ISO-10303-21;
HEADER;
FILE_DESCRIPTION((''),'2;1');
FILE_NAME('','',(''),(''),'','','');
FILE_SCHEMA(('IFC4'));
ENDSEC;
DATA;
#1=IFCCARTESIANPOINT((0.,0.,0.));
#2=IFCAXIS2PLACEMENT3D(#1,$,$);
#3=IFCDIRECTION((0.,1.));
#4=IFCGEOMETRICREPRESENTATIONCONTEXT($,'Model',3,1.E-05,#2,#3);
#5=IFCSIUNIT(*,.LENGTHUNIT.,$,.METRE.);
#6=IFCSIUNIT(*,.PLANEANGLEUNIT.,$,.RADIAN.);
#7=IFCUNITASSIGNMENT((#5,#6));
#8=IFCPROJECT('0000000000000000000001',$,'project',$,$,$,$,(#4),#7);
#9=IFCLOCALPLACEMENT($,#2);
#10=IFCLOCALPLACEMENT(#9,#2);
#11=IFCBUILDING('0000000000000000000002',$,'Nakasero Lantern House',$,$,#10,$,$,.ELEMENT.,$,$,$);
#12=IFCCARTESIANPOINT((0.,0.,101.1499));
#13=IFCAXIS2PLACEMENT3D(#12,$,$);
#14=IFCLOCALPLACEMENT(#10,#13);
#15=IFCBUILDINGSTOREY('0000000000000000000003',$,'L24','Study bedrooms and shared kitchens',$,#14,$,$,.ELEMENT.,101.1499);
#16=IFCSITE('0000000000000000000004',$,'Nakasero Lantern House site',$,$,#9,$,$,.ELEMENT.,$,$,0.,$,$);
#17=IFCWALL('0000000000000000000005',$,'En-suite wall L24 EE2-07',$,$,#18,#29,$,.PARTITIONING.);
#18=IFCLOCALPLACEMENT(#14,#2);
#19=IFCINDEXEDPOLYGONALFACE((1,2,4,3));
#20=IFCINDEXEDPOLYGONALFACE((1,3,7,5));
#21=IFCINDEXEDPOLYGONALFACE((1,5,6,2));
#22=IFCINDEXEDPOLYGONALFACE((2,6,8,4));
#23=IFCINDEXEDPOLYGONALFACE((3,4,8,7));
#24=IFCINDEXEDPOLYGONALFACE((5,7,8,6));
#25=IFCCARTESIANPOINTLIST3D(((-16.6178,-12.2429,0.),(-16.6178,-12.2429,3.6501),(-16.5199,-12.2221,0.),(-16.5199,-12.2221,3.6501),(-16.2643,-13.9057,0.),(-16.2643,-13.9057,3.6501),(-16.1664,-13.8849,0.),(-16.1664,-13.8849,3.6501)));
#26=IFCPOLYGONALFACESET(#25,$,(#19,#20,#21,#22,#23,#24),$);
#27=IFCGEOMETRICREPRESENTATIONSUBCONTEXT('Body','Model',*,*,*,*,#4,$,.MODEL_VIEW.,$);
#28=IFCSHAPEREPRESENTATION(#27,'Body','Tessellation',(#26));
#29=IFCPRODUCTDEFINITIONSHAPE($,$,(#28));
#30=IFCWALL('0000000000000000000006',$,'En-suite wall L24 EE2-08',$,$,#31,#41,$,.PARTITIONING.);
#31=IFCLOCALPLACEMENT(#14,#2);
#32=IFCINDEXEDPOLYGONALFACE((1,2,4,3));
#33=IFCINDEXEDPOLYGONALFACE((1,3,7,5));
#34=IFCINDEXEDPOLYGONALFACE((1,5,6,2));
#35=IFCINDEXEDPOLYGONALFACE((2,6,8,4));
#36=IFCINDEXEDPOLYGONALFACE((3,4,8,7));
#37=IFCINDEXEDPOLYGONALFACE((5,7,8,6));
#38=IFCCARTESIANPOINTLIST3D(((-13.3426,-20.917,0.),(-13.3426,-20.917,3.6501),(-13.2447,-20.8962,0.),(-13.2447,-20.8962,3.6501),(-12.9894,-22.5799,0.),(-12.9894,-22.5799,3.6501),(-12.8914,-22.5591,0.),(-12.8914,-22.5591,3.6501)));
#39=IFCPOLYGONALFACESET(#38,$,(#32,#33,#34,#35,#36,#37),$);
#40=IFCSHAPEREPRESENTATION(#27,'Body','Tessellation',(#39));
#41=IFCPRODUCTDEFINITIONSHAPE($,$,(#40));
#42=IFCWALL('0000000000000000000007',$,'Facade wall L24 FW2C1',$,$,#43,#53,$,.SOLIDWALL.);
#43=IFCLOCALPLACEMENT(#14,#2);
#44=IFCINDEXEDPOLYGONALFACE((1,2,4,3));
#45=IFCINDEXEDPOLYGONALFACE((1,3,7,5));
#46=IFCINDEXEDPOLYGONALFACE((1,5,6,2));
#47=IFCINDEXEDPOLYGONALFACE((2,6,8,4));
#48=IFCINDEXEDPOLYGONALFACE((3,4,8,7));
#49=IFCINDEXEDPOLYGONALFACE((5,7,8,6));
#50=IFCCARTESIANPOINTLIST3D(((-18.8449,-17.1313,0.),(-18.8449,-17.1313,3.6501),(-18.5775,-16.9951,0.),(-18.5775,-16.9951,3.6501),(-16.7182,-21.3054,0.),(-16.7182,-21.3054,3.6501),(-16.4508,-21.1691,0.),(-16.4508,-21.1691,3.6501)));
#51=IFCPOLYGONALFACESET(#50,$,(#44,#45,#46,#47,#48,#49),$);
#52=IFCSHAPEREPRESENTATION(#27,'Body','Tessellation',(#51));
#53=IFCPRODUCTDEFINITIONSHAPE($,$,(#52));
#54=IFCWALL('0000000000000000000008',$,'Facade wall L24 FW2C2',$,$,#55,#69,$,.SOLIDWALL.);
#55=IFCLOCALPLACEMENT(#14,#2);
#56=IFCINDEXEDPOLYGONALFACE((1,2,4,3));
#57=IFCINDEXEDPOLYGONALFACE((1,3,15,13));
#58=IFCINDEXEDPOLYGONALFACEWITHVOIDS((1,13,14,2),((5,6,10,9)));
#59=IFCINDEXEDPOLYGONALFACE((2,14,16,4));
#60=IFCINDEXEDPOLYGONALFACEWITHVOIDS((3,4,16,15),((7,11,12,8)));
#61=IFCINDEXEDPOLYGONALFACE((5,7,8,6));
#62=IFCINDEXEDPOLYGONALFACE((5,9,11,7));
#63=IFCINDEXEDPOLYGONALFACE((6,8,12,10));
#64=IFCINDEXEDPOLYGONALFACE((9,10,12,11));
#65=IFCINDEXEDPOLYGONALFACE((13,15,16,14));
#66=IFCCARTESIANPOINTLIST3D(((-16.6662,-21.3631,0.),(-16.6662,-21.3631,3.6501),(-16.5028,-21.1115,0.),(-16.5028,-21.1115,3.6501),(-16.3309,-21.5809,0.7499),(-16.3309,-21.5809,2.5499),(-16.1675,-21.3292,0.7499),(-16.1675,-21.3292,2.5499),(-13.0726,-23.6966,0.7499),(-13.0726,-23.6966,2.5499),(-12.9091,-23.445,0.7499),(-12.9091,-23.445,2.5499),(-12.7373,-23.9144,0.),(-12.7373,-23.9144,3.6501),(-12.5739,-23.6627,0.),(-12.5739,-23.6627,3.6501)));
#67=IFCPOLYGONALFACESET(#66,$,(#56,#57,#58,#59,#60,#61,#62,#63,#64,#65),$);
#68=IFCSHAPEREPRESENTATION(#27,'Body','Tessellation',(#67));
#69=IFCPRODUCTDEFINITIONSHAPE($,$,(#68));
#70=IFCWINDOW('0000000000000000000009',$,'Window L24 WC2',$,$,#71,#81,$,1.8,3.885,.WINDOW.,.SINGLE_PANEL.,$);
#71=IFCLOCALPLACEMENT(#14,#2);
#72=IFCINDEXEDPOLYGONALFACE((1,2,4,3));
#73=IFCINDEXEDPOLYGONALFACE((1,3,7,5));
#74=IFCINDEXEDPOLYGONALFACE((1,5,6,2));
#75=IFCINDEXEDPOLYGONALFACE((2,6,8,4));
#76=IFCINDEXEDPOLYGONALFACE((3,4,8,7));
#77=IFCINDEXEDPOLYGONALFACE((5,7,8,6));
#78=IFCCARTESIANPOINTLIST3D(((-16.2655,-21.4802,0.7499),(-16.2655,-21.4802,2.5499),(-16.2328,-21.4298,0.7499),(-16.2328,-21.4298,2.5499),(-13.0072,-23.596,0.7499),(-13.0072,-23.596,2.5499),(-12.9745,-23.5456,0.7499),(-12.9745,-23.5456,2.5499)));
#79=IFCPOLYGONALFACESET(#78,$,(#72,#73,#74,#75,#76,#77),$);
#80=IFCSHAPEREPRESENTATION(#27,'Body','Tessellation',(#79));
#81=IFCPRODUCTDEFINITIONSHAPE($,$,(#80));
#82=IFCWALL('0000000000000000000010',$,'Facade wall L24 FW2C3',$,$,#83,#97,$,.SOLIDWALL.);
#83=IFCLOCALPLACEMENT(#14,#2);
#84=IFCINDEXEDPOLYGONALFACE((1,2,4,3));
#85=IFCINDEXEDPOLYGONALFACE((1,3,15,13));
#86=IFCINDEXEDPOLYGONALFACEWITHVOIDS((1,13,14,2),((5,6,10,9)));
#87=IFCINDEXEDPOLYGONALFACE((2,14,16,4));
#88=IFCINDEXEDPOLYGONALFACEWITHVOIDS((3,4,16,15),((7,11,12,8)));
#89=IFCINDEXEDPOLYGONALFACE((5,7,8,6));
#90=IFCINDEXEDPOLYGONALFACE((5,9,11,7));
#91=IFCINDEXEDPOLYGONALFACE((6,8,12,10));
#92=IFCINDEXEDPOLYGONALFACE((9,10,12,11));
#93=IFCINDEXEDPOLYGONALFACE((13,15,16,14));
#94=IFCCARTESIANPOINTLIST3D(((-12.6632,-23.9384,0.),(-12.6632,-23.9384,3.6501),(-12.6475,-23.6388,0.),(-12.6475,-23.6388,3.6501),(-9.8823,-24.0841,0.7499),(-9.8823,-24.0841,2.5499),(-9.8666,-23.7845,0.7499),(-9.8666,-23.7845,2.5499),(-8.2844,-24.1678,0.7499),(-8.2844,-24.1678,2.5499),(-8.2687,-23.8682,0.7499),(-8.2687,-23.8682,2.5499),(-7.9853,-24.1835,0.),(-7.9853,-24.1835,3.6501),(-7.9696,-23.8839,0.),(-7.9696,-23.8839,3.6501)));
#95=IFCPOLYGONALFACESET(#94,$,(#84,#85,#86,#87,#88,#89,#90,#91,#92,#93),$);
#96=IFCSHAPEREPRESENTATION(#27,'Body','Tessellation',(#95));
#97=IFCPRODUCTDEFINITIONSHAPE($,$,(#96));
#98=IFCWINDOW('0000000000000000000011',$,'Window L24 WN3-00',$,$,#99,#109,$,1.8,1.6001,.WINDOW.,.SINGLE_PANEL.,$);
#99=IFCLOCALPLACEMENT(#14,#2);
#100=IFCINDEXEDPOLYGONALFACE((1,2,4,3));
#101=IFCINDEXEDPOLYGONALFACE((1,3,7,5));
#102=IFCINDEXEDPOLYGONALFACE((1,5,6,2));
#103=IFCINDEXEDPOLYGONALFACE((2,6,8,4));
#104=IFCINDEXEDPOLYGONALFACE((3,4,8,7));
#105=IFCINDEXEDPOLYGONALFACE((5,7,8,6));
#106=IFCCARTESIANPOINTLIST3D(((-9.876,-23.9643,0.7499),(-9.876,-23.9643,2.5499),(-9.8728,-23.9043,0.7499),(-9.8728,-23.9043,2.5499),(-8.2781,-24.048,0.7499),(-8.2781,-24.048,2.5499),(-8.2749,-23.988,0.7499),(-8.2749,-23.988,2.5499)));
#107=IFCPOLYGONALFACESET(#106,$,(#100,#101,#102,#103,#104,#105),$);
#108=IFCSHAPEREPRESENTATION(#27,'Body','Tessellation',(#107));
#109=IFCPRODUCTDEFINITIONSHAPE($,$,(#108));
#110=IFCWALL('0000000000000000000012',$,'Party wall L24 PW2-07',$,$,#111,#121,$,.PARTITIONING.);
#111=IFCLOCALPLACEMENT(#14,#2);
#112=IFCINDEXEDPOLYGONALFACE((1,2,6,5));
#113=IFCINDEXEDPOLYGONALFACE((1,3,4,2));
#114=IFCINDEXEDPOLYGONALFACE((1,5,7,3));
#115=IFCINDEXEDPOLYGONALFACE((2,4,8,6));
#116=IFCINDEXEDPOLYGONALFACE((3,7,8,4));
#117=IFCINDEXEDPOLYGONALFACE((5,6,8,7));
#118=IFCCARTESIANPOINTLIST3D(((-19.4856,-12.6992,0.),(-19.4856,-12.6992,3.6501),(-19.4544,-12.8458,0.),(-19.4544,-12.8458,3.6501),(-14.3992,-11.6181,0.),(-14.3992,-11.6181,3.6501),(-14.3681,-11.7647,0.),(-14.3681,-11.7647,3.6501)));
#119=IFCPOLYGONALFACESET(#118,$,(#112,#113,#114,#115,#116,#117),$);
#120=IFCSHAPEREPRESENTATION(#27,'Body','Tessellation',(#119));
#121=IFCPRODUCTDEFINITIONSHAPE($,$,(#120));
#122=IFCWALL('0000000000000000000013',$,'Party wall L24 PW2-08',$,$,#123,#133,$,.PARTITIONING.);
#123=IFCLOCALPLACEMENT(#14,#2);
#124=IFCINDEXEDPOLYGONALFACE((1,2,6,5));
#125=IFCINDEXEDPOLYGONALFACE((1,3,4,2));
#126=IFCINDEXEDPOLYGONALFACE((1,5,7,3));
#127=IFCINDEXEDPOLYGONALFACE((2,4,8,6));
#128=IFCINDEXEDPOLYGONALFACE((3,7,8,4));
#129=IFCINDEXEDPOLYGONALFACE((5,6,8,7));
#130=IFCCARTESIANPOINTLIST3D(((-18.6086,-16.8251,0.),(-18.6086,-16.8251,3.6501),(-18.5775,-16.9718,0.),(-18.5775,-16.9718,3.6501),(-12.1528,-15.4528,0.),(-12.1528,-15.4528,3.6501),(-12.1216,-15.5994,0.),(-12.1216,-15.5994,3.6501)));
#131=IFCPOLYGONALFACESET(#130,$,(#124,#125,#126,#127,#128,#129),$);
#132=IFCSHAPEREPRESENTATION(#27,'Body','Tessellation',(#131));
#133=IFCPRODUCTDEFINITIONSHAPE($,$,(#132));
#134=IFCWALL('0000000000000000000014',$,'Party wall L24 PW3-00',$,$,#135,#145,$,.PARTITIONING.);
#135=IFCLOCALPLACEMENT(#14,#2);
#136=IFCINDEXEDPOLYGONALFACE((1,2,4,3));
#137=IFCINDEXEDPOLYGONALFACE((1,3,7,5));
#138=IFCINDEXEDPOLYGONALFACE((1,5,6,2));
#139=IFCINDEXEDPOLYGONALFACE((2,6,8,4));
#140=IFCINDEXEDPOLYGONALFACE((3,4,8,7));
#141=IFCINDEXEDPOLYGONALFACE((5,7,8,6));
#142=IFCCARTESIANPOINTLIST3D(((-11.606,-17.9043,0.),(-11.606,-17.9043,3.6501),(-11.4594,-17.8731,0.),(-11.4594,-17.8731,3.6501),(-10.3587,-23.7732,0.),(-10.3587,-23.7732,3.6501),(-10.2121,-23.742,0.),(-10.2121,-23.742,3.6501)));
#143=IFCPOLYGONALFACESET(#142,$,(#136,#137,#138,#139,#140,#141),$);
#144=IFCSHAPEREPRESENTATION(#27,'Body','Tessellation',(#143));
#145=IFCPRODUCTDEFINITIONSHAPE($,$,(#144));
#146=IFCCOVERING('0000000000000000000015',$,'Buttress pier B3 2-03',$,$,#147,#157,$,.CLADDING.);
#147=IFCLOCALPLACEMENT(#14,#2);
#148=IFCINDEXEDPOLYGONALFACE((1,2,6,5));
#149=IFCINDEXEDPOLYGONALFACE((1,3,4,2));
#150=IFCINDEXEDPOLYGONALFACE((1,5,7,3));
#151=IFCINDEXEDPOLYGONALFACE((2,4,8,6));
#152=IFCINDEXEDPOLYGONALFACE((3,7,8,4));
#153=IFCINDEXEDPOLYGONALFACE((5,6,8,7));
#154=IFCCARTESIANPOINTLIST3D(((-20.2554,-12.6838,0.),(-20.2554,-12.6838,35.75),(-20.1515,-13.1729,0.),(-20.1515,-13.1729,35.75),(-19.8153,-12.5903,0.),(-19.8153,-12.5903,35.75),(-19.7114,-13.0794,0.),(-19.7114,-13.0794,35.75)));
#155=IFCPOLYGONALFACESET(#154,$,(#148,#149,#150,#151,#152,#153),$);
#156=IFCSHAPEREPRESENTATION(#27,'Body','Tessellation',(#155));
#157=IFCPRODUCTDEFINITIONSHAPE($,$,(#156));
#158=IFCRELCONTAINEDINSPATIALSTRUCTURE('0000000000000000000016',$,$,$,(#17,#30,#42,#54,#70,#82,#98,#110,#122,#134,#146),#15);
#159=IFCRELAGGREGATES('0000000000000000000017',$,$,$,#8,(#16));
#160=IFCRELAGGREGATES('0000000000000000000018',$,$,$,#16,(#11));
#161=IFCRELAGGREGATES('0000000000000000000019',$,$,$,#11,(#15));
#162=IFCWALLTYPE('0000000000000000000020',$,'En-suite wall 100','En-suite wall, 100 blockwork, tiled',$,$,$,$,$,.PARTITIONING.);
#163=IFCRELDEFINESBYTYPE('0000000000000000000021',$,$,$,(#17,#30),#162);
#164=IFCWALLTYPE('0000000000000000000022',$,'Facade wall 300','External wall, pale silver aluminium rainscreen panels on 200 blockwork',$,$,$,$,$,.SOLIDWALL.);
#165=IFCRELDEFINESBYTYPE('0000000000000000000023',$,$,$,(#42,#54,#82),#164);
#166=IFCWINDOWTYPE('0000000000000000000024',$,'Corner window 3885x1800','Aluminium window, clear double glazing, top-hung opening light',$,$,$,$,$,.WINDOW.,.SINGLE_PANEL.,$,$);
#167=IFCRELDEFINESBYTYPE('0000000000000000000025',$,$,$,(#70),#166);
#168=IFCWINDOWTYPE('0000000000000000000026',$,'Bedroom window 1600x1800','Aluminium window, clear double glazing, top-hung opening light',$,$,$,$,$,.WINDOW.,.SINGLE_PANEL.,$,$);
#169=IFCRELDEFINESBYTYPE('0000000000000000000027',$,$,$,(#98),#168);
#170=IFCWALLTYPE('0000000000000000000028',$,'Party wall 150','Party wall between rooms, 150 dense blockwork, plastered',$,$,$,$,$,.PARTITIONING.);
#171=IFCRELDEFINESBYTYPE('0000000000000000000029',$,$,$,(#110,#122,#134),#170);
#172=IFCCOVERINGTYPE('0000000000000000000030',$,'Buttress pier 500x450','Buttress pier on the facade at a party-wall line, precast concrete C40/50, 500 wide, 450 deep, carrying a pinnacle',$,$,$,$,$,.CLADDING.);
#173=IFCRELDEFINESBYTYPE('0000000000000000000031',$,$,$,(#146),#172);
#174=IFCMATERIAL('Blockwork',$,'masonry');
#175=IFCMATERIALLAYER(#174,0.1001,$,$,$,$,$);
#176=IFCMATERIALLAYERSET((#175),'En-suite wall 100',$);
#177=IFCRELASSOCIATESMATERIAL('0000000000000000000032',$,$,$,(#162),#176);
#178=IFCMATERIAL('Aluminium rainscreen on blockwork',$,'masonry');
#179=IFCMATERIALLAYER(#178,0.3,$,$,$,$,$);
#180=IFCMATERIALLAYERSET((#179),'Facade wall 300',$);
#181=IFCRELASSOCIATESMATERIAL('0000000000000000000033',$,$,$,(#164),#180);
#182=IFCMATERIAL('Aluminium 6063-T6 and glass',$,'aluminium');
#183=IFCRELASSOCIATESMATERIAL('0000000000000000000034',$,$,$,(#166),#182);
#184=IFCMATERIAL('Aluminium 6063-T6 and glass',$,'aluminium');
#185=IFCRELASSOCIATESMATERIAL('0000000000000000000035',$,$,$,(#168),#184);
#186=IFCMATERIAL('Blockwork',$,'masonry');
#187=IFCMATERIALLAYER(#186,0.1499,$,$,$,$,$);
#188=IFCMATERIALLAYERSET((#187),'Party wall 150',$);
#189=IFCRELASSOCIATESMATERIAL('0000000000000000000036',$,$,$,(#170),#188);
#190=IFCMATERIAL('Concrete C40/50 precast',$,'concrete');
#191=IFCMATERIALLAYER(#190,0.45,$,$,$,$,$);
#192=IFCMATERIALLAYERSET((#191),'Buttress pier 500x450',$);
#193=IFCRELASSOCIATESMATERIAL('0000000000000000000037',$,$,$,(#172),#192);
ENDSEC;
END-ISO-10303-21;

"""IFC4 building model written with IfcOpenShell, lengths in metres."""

from ifc_helpers import new_model, si_unit, direction, frame, frame_2d, origin, origin_2d, place, context, subcontext, project, spatial, rectangle, extrude, material, layer, layer_set, type_object, element, fill, save


model = new_model("IFC4")

# Units and contexts
model_context = context("Model", 3, precision=1e-05, world=origin(), true_north=direction((0.0, 1.0)))
body_context = subcontext(model_context, "Body", "Model", "MODEL_VIEW")
ifc_project = project(units=[si_unit("LENGTHUNIT", "METRE"), si_unit("PLANEANGLEUNIT", "RADIAN")], contexts=[model_context])

# Site, building, storey
site_placement = place(None, origin())
site = spatial("IfcSite", under=ifc_project, at=site_placement, Name="Nakasero Lantern House site", CompositionType="ELEMENT", RefElevation=0.0)
building_placement = place(site_placement, origin())
building = spatial("IfcBuilding", under=site, at=building_placement, Name="Nakasero Lantern House", CompositionType="ELEMENT")
storey_placement = place(building_placement, frame((0.0, 0.0, 101.1499)))
storey = spatial("IfcBuildingStorey", under=building, at=storey_placement, Name="L24", Description="Study bedrooms and shared kitchens", CompositionType="ELEMENT", Elevation=101.1499)

# Shared definitions
ifc_material_1 = material(Name="Blockwork", Category="masonry")
ifc_layer_1 = layer(ifc_material_1, 0.1001)
ifc_layer_set_1 = layer_set([ifc_layer_1], Name="En-suite wall 100")
wall_type_1 = type_object("IfcWallType", Name="En-suite wall 100", Description="En-suite wall, 100 blockwork, tiled", PredefinedType="PARTITIONING", material=ifc_layer_set_1)

# Walls
for number, where, z_axis, x_axis, name in (
    (1, (-16.5688, -12.2324, 0.0), (0.0, 0.0, 1.0), (0.20795, -0.97814, 0.0), "En-suite wall L24 EE2-07"),
    (2, (-13.2937, -20.9065, 0.0), (0.0, 0.0, 1.0), (0.207812, -0.978169, 0.0), "En-suite wall L24 EE2-08"),
):
    element("IfcWall", number, at=place(storey_placement, frame(where, z_axis=z_axis, x_axis=x_axis)), inside=storey, type_object=wall_type_1, Name=name, PredefinedType="PARTITIONING", context=body_context, shape_type="SweptSolid", body=[
        extrude(rectangle(XDim=1.7, YDim=0.1001, at=frame_2d((0.8501, 0.0))), origin(), (0.0, 0.0, 1.0), 3.6501),
    ])
ifc_material_2 = material(Name="Aluminium rainscreen on blockwork", Category="masonry")
ifc_layer_2 = layer(ifc_material_2, 0.3)
ifc_layer_set_2 = layer_set([ifc_layer_2], Name="Facade wall 300")
wall_type_2 = type_object("IfcWallType", Name="Facade wall 300", Description="External wall, pale silver aluminium rainscreen panels on 200 blockwork", PredefinedType="SOLIDWALL", material=ifc_layer_set_2)
wall_1_placement = place(storey_placement, frame((-18.7112, -17.0632, 0.0), z_axis=(0.0, 0.0, 1.0), x_axis=(0.453976, -0.891014, 0.0)))
element("IfcWall", 3, at=wall_1_placement, inside=storey, type_object=wall_type_2, Name="Facade wall L24 FW2C1", PredefinedType="SOLIDWALL", context=body_context, shape_type="SweptSolid", body=[
    extrude(rectangle(XDim=4.6846, YDim=0.3, at=frame_2d((2.3423, 0.0))), origin(), (0.0, 0.0, 1.0), 3.6501),
])

# Walls, openings, windows
wall_2_placement = place(storey_placement, frame((-16.5845, -21.2373, 0.0), z_axis=(0.0, 0.0, 1.0), x_axis=(0.838692, -0.544605, 0.0)))
wall_2 = element("IfcWall", 4, at=wall_2_placement, inside=storey, type_object=wall_type_2, Name="Facade wall L24 FW2C2", PredefinedType="SOLIDWALL", context=body_context, shape_type="SweptSolid", body=[
    extrude(rectangle(XDim=4.6846, YDim=0.3, at=frame_2d((2.3423, 0.0))), origin(), (0.0, 0.0, 1.0), 3.6501),
])
opening_1_placement = place(wall_2_placement, frame((0.3999, 0.0, 0.75)))
opening_1 = element("IfcOpeningElement", 5, at=opening_1_placement, cuts=wall_2, PredefinedType="OPENING", context=body_context, shape_type="SweptSolid", body=[
    extrude(rectangle(XDim=3.885, YDim=1.8, at=frame_2d((1.9424, 0.8999))), frame((0.0, 0.1699, 0.0), z_axis=(0.0, -1.0, 0.0), x_axis=(1.0, 0.0, 0.0)), (0.0, 0.0, 1.0), 0.3401),
])
ifc_material_3 = material(Name="Aluminium 6063-T6 and glass", Category="aluminium")
window_type_1 = type_object("IfcWindowType", Name="Corner window 3885x1800", Description="Aluminium window, clear double glazing, top-hung opening light", PartitioningType="SINGLE_PANEL", PredefinedType="WINDOW", material=ifc_material_3)
window_1_placement = place(opening_1_placement, origin())
window_1 = element("IfcWindow", 6, at=window_1_placement, inside=storey, type_object=window_type_1, Name="Window L24 WC2", OverallHeight=1.8, OverallWidth=3.885, PartitioningType="SINGLE_PANEL", PredefinedType="WINDOW", context=body_context, shape_type="SweptSolid", body=[
    extrude(rectangle(XDim=3.885, YDim=1.8, at=frame_2d((1.9424, 0.8999))), frame((0.0, 0.03, 0.0), z_axis=(0.0, -1.0, 0.0), x_axis=(1.0, 0.0, 0.0)), (0.0, 0.0, 1.0), 0.0601),
])
fill(opening_1, window_1)
wall_3_placement = place(storey_placement, frame((-12.6555, -23.7886, 0.0), z_axis=(0.0, 0.0, 1.0), x_axis=(0.99863, -0.052326, 0.0)))
wall_3 = element("IfcWall", 7, at=wall_3_placement, inside=storey, type_object=wall_type_2, Name="Facade wall L24 FW2C3", PredefinedType="SOLIDWALL", context=body_context, shape_type="SweptSolid", body=[
    extrude(rectangle(XDim=4.6843, YDim=0.3, at=frame_2d((2.3423, 0.0))), origin(), (0.0, 0.0, 1.0), 3.6501),
])
opening_2_placement = place(wall_3_placement, frame((2.7849, 0.0, 0.75)))
opening_2 = element("IfcOpeningElement", 8, at=opening_2_placement, cuts=wall_3, PredefinedType="OPENING", context=body_context, shape_type="SweptSolid", body=[
    extrude(rectangle(XDim=1.6001, YDim=1.8, at=frame_2d((0.8, 0.8999))), frame((0.0, 0.1699, 0.0), z_axis=(0.0, -1.0, 0.0), x_axis=(1.0, 0.0, 0.0)), (0.0, 0.0, 1.0), 0.3401),
])
ifc_material_4 = material(Name="Aluminium 6063-T6 and glass", Category="aluminium")
window_type_2 = type_object("IfcWindowType", Name="Bedroom window 1600x1800", Description="Aluminium window, clear double glazing, top-hung opening light", PartitioningType="SINGLE_PANEL", PredefinedType="WINDOW", material=ifc_material_4)
window_2_placement = place(opening_2_placement, origin())
window_2 = element("IfcWindow", 9, at=window_2_placement, inside=storey, type_object=window_type_2, Name="Window L24 WN3-00", OverallHeight=1.8, OverallWidth=1.6001, PartitioningType="SINGLE_PANEL", PredefinedType="WINDOW", context=body_context, shape_type="SweptSolid", body=[
    extrude(rectangle(XDim=1.6001, YDim=1.8, at=frame_2d((0.8, 0.8999))), frame((0.0, 0.03, 0.0), z_axis=(0.0, -1.0, 0.0), x_axis=(1.0, 0.0, 0.0)), (0.0, 0.0, 1.0), 0.0601),
])
fill(opening_2, window_2)

# Walls
ifc_material_5 = material(Name="Blockwork", Category="masonry")
ifc_layer_3 = layer(ifc_material_5, 0.1499)
ifc_layer_set_3 = layer_set([ifc_layer_3], Name="Party wall 150")
wall_type_3 = type_object("IfcWallType", Name="Party wall 150", Description="Party wall between rooms, 150 dense blockwork, plastered", PredefinedType="PARTITIONING", material=ifc_layer_set_3)
wall_4_placement = place(storey_placement, frame((-14.3835, -11.6914, 0.0), z_axis=(0.0, 0.0, 1.0), x_axis=(-0.978151, -0.207894, 0.0)))
element("IfcWall", 10, at=wall_4_placement, inside=storey, type_object=wall_type_3, Name="Party wall L24 PW2-07", PredefinedType="PARTITIONING", context=body_context, shape_type="SweptSolid", body=[
    extrude(rectangle(XDim=5.2, YDim=0.1499, at=frame_2d((2.6001, 0.0))), origin(), (0.0, 0.0, 1.0), 3.6501),
])
wall_5_placement = place(storey_placement, frame((-12.1372, -15.5261, 0.0), z_axis=(0.0, 0.0, 1.0), x_axis=(-0.978145, -0.207925, 0.0)))
element("IfcWall", 11, at=wall_5_placement, inside=storey, type_object=wall_type_3, Name="Party wall L24 PW2-08", PredefinedType="PARTITIONING", context=body_context, shape_type="SweptSolid", body=[
    extrude(rectangle(XDim=6.6001, YDim=0.1499, at=frame_2d((3.3, 0.0))), origin(), (0.0, 0.0, 1.0), 3.6501),
])
wall_6_placement = place(storey_placement, frame((-11.5327, -17.8887, 0.0), z_axis=(0.0, 0.0, 1.0), x_axis=(0.207886, -0.978153, 0.0)))
element("IfcWall", 12, at=wall_6_placement, inside=storey, type_object=wall_type_3, Name="Party wall L24 PW3-00", PredefinedType="PARTITIONING", context=body_context, shape_type="SweptSolid", body=[
    extrude(rectangle(XDim=6.0, YDim=0.1499, at=frame_2d((3.0, 0.0))), origin(), (0.0, 0.0, 1.0), 3.6501),
])

# Covering
ifc_material_6 = material(Name="Concrete C40/50 precast", Category="concrete")
ifc_layer_4 = layer(ifc_material_6, 0.45)
ifc_layer_set_4 = layer_set([ifc_layer_4], Name="Buttress pier 500x450")
covering_type = type_object("IfcCoveringType", Name="Buttress pier 500x450", Description="Buttress pier on the facade at a party-wall line, precast concrete C40/50, 500 wide, 450 deep, carrying a pinnacle", PredefinedType="CLADDING", material=ifc_layer_set_4)
covering_placement = place(storey_placement, frame((-19.9834, -12.8816, 0.0), z_axis=(0.0, 0.0, 1.0), x_axis=(-0.978148, -0.207912, 0.0)))
element("IfcCovering", 13, at=covering_placement, inside=storey, type_object=covering_type, Name="Buttress pier B3 2-03", PredefinedType="CLADDING", context=body_context, shape_type="SweptSolid", body=[
    extrude(rectangle(XDim=0.45, YDim=0.5, at=origin_2d()), origin(), (0.0, 0.0, 1.0), 35.75),
])

save(model, "model.ifc")
